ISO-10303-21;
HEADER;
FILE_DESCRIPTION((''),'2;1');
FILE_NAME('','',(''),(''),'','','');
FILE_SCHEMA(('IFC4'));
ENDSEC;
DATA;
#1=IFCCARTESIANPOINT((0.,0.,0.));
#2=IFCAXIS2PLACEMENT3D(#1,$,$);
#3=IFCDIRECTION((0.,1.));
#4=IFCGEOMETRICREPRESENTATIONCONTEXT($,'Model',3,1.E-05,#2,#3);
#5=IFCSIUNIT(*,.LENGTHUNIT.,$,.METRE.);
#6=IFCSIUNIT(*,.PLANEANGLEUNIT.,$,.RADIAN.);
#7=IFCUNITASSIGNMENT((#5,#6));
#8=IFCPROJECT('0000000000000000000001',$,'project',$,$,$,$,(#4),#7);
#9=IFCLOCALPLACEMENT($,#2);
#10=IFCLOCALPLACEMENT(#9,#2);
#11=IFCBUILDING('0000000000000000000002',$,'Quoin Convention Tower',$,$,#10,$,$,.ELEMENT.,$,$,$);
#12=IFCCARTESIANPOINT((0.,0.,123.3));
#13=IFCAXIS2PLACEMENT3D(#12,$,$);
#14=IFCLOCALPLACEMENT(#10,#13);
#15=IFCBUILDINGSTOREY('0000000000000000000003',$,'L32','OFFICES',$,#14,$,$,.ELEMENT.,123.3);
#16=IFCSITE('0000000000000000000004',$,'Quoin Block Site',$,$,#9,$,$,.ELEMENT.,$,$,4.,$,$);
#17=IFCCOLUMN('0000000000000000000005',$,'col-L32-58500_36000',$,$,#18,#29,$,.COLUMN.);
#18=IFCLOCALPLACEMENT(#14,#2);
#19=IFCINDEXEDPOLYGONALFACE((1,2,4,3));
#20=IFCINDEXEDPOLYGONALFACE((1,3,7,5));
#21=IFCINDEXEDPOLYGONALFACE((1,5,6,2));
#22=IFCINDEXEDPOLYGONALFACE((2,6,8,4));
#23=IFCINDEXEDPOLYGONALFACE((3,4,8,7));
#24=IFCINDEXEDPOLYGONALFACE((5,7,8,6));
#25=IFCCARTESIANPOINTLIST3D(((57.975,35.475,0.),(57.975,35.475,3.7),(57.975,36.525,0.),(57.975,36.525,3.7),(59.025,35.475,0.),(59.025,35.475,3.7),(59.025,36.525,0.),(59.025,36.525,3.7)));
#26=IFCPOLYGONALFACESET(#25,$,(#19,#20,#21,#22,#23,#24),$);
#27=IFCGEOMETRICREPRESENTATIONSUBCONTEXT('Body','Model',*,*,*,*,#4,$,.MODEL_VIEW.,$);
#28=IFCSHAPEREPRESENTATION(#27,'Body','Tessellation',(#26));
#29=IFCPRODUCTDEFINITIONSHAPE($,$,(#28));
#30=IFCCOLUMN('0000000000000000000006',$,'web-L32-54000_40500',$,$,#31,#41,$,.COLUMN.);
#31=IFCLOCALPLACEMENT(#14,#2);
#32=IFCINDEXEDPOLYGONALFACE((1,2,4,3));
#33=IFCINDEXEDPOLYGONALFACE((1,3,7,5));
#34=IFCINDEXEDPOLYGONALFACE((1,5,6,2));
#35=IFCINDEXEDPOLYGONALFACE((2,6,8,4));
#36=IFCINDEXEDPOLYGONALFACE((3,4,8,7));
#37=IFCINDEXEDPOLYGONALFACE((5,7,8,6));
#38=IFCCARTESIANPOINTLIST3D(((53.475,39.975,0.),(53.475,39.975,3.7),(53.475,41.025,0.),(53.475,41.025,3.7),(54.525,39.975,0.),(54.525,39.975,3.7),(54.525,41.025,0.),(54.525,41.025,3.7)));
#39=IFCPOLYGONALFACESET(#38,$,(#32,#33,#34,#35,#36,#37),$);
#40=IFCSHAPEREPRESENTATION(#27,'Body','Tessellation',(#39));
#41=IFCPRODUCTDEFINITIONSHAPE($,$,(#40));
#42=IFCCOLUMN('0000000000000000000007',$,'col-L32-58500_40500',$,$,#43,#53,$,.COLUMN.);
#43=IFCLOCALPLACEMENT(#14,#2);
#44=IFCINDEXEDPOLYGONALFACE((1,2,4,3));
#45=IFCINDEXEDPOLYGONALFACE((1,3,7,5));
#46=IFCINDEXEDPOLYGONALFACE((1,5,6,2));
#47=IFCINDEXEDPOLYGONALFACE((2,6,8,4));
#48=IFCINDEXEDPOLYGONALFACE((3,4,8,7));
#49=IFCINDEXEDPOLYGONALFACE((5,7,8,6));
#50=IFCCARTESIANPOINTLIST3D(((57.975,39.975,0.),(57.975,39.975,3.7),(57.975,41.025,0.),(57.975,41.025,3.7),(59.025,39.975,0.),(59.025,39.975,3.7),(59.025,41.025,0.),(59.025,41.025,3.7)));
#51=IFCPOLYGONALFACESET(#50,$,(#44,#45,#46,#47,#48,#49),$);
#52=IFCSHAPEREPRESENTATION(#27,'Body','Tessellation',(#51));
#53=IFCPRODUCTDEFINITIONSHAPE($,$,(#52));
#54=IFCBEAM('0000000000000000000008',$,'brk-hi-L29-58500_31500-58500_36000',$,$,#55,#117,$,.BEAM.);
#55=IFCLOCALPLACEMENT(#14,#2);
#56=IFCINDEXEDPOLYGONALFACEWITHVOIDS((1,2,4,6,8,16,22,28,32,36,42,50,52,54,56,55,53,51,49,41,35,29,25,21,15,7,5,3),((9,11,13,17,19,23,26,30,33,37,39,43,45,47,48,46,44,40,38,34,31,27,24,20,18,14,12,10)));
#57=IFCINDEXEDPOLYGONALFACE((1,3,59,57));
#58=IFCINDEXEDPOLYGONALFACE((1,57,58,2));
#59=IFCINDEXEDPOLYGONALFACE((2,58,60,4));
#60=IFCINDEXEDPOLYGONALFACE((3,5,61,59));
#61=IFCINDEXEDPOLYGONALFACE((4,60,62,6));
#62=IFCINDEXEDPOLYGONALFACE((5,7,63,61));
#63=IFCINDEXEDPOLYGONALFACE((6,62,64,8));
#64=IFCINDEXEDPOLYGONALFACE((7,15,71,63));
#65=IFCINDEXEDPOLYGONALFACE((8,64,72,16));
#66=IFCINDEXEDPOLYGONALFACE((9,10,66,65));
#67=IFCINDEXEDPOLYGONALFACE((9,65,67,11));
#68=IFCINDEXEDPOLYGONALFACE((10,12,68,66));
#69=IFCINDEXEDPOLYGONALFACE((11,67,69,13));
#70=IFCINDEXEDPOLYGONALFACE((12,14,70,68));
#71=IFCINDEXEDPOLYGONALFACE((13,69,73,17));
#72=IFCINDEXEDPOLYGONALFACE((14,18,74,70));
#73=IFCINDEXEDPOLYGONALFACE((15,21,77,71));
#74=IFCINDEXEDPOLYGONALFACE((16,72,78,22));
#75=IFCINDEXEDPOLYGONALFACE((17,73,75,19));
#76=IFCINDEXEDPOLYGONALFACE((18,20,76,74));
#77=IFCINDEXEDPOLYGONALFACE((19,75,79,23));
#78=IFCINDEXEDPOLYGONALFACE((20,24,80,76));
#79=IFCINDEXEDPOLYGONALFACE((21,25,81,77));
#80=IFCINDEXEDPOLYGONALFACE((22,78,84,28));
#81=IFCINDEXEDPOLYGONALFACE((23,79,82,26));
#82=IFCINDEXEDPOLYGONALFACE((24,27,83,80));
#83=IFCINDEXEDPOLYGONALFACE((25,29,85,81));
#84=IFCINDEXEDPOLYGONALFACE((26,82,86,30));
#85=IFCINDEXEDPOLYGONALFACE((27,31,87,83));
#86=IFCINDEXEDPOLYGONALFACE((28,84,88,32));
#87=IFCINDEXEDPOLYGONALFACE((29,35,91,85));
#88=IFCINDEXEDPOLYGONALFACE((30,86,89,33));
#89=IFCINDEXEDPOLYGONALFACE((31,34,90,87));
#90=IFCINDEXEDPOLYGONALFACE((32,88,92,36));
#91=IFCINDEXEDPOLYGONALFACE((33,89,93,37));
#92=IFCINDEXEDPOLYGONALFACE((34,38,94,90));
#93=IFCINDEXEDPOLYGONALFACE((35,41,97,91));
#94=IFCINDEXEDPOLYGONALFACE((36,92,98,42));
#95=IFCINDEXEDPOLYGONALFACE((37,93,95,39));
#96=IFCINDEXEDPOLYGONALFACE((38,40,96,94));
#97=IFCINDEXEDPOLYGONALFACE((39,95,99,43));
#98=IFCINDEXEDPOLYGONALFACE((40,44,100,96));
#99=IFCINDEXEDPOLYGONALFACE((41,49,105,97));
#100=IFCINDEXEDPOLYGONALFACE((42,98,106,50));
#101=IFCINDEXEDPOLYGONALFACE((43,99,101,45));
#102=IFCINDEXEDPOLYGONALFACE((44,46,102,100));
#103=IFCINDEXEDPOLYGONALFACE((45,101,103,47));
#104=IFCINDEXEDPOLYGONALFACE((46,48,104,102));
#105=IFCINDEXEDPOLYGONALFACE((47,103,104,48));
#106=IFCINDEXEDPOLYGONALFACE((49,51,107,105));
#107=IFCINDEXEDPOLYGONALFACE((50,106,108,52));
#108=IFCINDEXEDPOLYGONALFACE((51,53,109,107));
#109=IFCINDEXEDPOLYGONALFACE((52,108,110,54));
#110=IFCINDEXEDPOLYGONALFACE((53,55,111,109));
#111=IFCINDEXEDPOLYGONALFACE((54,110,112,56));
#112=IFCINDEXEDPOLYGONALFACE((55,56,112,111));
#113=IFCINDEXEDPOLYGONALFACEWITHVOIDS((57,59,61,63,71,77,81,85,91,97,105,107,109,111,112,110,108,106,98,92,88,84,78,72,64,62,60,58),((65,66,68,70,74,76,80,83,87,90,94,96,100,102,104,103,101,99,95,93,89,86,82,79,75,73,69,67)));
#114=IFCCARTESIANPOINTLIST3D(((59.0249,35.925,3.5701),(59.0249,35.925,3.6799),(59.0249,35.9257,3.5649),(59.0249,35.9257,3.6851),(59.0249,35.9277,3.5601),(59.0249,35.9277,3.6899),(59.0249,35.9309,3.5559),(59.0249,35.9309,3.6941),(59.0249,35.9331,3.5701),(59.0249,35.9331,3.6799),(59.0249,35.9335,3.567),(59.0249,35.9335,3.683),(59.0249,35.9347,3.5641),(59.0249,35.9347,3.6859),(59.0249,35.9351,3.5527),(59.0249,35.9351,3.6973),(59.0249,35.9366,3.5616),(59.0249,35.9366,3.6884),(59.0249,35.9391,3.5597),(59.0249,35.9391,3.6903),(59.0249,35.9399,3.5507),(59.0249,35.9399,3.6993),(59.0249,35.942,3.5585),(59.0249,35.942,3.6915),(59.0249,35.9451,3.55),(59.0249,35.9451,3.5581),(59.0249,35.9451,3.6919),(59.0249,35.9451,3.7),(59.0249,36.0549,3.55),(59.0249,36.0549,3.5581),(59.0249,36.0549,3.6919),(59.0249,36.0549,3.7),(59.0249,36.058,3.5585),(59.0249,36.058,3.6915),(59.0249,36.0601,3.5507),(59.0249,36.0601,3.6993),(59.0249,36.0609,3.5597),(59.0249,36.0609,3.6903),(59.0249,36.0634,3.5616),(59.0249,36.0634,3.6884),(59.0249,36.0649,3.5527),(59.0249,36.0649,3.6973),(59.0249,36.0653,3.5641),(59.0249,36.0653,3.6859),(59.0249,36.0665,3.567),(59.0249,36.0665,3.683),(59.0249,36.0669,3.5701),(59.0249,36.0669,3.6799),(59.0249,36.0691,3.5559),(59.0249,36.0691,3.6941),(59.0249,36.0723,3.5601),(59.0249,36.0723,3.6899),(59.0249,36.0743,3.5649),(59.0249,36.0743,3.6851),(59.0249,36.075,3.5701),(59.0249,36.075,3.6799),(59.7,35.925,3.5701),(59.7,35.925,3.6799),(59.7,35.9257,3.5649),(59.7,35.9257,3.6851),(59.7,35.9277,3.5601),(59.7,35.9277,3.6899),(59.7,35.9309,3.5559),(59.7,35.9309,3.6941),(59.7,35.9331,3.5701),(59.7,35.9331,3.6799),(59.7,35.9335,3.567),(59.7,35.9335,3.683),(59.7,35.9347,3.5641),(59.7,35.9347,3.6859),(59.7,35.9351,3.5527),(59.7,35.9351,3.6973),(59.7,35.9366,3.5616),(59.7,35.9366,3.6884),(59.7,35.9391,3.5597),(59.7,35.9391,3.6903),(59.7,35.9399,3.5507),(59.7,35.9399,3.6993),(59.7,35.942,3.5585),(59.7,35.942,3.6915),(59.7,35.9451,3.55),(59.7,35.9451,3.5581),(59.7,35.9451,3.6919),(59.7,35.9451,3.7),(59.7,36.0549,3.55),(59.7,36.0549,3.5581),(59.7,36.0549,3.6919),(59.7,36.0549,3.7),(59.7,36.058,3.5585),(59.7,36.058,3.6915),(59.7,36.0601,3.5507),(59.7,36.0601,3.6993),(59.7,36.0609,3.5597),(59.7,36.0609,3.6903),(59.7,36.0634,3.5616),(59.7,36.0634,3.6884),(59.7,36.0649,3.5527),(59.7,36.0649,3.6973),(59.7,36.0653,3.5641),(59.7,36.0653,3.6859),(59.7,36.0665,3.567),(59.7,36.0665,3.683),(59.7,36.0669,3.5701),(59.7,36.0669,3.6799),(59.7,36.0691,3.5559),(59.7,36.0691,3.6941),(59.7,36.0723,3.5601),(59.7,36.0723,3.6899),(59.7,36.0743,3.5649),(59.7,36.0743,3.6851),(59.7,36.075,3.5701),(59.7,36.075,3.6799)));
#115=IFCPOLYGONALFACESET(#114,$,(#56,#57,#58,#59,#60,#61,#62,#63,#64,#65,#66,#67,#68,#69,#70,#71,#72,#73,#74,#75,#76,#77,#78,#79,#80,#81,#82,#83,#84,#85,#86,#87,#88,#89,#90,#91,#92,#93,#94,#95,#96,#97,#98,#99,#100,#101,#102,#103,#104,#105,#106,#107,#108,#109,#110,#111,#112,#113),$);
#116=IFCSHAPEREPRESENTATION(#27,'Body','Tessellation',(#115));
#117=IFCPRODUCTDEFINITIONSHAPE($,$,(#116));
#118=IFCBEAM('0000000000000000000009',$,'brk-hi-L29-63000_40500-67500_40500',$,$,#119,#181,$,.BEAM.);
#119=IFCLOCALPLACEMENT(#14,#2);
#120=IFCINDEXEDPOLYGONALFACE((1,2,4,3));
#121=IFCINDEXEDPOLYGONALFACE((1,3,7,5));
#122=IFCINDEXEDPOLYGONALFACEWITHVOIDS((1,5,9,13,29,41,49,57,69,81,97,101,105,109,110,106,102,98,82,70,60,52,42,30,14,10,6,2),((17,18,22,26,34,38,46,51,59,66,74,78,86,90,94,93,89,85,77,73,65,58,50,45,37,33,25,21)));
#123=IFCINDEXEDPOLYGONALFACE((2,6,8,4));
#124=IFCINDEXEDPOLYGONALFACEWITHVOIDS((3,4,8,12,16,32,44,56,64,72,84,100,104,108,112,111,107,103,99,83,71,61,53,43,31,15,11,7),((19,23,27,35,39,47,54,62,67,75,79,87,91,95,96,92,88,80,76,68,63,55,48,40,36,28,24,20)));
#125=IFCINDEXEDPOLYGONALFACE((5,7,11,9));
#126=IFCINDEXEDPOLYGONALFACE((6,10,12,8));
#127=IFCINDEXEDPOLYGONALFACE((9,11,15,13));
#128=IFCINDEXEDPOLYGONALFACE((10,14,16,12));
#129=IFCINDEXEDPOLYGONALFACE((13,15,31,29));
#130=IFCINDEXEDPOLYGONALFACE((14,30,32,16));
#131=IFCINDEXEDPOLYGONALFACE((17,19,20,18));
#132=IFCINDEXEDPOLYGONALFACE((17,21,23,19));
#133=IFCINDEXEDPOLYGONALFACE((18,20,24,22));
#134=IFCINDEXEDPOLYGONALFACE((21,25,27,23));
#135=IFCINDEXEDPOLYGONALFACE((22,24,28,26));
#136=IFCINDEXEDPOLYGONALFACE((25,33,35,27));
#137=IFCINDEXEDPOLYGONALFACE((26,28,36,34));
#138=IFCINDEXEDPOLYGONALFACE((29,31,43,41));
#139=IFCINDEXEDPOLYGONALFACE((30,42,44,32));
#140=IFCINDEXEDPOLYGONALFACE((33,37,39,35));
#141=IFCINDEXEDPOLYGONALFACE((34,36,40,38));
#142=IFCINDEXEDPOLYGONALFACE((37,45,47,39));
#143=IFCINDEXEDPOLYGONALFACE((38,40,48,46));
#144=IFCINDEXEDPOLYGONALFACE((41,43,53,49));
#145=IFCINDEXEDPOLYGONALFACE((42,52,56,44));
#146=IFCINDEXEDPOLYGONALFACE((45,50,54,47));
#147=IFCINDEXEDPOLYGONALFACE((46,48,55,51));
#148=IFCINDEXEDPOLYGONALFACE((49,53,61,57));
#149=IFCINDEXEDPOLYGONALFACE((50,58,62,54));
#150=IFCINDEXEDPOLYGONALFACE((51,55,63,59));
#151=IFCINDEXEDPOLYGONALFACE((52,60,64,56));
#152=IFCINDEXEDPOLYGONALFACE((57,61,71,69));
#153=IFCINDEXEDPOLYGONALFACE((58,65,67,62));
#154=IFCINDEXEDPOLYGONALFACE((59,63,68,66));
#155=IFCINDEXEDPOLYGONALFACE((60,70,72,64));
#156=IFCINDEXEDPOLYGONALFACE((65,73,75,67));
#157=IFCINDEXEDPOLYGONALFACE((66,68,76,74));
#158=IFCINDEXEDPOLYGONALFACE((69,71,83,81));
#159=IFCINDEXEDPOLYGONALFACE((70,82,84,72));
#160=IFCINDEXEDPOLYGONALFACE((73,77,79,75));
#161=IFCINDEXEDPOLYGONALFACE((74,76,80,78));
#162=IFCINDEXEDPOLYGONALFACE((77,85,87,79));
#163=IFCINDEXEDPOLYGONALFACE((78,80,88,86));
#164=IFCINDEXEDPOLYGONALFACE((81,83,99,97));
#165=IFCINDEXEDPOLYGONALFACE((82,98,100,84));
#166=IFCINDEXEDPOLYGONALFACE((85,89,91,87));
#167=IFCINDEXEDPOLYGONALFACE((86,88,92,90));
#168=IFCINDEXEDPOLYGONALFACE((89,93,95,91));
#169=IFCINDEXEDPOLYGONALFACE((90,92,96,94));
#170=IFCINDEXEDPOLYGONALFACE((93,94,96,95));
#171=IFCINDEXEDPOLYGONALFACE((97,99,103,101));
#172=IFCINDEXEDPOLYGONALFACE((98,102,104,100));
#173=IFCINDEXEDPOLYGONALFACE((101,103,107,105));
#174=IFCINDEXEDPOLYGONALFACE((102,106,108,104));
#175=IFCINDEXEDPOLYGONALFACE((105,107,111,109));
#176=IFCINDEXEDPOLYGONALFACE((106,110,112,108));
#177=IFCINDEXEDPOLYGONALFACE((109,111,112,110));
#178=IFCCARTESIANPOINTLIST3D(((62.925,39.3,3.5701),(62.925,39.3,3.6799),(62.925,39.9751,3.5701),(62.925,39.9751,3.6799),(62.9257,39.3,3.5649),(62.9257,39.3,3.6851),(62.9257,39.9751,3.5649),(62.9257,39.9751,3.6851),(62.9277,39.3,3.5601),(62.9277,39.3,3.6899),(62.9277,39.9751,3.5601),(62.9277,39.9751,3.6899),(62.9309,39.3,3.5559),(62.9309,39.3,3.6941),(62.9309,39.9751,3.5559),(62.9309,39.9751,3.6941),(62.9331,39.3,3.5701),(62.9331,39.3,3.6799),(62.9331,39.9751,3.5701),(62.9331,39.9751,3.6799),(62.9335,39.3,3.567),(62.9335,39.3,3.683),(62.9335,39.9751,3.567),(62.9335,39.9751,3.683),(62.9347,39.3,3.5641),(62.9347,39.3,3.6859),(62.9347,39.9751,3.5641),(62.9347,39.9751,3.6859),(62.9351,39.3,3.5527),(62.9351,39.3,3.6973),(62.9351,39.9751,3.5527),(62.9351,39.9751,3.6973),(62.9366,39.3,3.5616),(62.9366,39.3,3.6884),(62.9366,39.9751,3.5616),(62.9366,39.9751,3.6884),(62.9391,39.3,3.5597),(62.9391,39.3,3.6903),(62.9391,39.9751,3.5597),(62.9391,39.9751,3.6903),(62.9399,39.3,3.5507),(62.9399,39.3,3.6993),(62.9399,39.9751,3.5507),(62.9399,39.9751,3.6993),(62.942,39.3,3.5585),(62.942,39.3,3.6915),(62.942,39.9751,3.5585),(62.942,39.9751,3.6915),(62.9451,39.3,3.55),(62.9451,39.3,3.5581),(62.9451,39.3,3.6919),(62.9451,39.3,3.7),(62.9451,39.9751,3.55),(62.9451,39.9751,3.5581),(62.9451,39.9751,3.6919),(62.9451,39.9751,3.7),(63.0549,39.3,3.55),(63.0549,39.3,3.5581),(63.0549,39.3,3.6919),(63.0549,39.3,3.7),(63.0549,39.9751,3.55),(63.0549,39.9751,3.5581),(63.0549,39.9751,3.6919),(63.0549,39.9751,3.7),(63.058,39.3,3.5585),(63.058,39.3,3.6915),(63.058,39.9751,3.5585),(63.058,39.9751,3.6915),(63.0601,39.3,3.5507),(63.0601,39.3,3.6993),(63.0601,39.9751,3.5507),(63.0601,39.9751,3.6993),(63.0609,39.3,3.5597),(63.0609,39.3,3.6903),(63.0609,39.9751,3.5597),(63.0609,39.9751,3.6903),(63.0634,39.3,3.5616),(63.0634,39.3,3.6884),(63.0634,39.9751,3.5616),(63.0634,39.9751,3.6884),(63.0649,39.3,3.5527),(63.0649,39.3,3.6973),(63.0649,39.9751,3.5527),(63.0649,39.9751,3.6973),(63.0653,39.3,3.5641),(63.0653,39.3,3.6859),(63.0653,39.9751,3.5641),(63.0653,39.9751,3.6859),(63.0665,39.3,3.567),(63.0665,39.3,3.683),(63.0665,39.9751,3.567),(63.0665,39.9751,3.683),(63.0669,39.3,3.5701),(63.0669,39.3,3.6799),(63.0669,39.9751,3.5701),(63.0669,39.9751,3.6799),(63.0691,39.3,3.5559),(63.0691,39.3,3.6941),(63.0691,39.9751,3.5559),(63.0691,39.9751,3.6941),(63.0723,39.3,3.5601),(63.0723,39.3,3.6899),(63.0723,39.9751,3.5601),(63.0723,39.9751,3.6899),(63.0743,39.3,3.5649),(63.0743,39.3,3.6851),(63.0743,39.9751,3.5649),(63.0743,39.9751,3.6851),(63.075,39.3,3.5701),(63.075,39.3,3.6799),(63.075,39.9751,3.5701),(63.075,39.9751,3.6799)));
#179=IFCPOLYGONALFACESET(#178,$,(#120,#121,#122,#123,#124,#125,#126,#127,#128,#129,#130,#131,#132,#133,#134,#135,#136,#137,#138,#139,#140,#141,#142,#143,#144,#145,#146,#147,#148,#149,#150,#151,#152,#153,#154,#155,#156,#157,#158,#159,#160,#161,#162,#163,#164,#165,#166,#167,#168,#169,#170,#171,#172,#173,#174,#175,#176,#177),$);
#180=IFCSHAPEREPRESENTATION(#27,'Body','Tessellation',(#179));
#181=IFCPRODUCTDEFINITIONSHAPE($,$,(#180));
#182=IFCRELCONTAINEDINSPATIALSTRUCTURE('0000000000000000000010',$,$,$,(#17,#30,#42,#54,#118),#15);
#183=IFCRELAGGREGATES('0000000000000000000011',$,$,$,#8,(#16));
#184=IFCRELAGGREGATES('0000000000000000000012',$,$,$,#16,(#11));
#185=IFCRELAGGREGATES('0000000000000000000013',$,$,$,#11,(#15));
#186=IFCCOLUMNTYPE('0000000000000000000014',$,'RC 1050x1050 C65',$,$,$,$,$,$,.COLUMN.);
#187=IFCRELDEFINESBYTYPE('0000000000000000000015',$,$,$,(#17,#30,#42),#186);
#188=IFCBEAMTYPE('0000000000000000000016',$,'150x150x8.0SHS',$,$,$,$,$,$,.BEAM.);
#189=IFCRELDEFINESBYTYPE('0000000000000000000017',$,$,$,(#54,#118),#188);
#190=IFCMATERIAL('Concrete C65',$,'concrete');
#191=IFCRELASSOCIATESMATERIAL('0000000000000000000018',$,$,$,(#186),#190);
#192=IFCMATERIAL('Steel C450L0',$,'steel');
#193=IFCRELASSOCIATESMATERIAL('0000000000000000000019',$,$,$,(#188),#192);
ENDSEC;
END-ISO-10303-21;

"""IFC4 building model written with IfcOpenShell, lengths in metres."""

from ifc_helpers import new_model, si_unit, direction, frame, origin, origin_2d, place, context, subcontext, project, spatial, rectangle, hollow_rectangle, extrude, material, material_profile, profile_set, type_object, element, save


model = new_model("IFC4")

# Units and contexts
model_context = context("Model", 3, precision=1e-05, world=origin(), true_north=direction((0.0, 1.0)))
body_context = subcontext(model_context, "Body", "Model", "MODEL_VIEW")
ifc_project = project(units=[si_unit("LENGTHUNIT", "METRE"), si_unit("PLANEANGLEUNIT", "RADIAN")], contexts=[model_context])

# Site, building, storey
site_placement = place(None, origin())
site = spatial("IfcSite", under=ifc_project, at=site_placement, Name="Quoin Block Site", CompositionType="ELEMENT", RefElevation=4.0)
building_placement = place(site_placement, origin())
building = spatial("IfcBuilding", under=site, at=building_placement, Name="Quoin Convention Tower", CompositionType="ELEMENT")
storey_placement = place(building_placement, frame((0.0, 0.0, 123.3)))
storey = spatial("IfcBuildingStorey", under=building, at=storey_placement, Name="L32", Description="OFFICES", CompositionType="ELEMENT", Elevation=123.3)

# Columns
ifc_material_1 = material(Name="Concrete C65", Category="concrete")
ifc_material_profile_1 = material_profile(ifc_material_1, rectangle(XDim=1.05, YDim=1.05, at=origin_2d()), Name="RC 1050x1050")
ifc_profile_set_1 = profile_set([ifc_material_profile_1], Name="Concrete C65")
column_type = type_object("IfcColumnType", Name="RC 1050x1050 C65", PredefinedType="COLUMN", material=ifc_profile_set_1)
for number, where, z_axis, x_axis, name in (
    (1, (58.5, 36.0, 0.0), (0.0, 0.0, 1.0), (1.0, 0.0, 0.0), "col-L32-58500_36000"),
    (2, (54.0, 40.5, 0.0), (0.0, 0.0, 1.0), (1.0, 0.0, 0.0), "web-L32-54000_40500"),
    (3, (58.5, 40.5, 0.0), (0.0, 0.0, 1.0), (1.0, 0.0, 0.0), "col-L32-58500_40500"),
):
    element("IfcColumn", number, at=place(storey_placement, frame(where, z_axis=z_axis, x_axis=x_axis)), inside=storey, type_object=column_type, Name=name, PredefinedType="COLUMN", context=body_context, shape_type="SweptSolid", body=[
        extrude(rectangle(XDim=1.05, YDim=1.05, at=origin_2d()), origin(), (0.0, 0.0, 1.0), 3.7),
    ])

# Beams
ifc_material_2 = material(Name="Steel C450L0", Category="steel")
ifc_material_profile_2 = material_profile(ifc_material_2, hollow_rectangle(XDim=0.1499, YDim=0.1499, WallThickness=0.0081, InnerFilletRadius=0.012, OuterFilletRadius=0.02, at=origin_2d()), Name="150x150x8.0SHS")
ifc_profile_set_2 = profile_set([ifc_material_profile_2], Name="Steel C450L0")
beam_type_1 = type_object("IfcBeamType", Name="150x150x8.0SHS", PredefinedType="BEAM", material=ifc_profile_set_2)
for number, where, z_axis, x_axis, name in (
    (4, (59.0249, 36.0, 3.625), (1.0, 0.0, 0.0), (0.0, 1.0, 0.0), "brk-hi-L29-58500_31500-58500_36000"),
    (5, (63.0, 39.9751, 3.625), (0.0, -1.0, 0.0), (1.0, 0.0, 0.0), "brk-hi-L29-63000_40500-67500_40500"),
):
    element("IfcBeam", number, at=place(storey_placement, frame(where, z_axis=z_axis, x_axis=x_axis)), inside=storey, type_object=beam_type_1, Name=name, PredefinedType="BEAM", context=body_context, shape_type="SweptSolid", body=[
        extrude(hollow_rectangle(XDim=0.1499, YDim=0.1499, WallThickness=0.0081, InnerFilletRadius=0.012, OuterFilletRadius=0.02, at=origin_2d()), origin(), (0.0, 0.0, 1.0), 0.675),
    ])

save(model, "model.ifc")
